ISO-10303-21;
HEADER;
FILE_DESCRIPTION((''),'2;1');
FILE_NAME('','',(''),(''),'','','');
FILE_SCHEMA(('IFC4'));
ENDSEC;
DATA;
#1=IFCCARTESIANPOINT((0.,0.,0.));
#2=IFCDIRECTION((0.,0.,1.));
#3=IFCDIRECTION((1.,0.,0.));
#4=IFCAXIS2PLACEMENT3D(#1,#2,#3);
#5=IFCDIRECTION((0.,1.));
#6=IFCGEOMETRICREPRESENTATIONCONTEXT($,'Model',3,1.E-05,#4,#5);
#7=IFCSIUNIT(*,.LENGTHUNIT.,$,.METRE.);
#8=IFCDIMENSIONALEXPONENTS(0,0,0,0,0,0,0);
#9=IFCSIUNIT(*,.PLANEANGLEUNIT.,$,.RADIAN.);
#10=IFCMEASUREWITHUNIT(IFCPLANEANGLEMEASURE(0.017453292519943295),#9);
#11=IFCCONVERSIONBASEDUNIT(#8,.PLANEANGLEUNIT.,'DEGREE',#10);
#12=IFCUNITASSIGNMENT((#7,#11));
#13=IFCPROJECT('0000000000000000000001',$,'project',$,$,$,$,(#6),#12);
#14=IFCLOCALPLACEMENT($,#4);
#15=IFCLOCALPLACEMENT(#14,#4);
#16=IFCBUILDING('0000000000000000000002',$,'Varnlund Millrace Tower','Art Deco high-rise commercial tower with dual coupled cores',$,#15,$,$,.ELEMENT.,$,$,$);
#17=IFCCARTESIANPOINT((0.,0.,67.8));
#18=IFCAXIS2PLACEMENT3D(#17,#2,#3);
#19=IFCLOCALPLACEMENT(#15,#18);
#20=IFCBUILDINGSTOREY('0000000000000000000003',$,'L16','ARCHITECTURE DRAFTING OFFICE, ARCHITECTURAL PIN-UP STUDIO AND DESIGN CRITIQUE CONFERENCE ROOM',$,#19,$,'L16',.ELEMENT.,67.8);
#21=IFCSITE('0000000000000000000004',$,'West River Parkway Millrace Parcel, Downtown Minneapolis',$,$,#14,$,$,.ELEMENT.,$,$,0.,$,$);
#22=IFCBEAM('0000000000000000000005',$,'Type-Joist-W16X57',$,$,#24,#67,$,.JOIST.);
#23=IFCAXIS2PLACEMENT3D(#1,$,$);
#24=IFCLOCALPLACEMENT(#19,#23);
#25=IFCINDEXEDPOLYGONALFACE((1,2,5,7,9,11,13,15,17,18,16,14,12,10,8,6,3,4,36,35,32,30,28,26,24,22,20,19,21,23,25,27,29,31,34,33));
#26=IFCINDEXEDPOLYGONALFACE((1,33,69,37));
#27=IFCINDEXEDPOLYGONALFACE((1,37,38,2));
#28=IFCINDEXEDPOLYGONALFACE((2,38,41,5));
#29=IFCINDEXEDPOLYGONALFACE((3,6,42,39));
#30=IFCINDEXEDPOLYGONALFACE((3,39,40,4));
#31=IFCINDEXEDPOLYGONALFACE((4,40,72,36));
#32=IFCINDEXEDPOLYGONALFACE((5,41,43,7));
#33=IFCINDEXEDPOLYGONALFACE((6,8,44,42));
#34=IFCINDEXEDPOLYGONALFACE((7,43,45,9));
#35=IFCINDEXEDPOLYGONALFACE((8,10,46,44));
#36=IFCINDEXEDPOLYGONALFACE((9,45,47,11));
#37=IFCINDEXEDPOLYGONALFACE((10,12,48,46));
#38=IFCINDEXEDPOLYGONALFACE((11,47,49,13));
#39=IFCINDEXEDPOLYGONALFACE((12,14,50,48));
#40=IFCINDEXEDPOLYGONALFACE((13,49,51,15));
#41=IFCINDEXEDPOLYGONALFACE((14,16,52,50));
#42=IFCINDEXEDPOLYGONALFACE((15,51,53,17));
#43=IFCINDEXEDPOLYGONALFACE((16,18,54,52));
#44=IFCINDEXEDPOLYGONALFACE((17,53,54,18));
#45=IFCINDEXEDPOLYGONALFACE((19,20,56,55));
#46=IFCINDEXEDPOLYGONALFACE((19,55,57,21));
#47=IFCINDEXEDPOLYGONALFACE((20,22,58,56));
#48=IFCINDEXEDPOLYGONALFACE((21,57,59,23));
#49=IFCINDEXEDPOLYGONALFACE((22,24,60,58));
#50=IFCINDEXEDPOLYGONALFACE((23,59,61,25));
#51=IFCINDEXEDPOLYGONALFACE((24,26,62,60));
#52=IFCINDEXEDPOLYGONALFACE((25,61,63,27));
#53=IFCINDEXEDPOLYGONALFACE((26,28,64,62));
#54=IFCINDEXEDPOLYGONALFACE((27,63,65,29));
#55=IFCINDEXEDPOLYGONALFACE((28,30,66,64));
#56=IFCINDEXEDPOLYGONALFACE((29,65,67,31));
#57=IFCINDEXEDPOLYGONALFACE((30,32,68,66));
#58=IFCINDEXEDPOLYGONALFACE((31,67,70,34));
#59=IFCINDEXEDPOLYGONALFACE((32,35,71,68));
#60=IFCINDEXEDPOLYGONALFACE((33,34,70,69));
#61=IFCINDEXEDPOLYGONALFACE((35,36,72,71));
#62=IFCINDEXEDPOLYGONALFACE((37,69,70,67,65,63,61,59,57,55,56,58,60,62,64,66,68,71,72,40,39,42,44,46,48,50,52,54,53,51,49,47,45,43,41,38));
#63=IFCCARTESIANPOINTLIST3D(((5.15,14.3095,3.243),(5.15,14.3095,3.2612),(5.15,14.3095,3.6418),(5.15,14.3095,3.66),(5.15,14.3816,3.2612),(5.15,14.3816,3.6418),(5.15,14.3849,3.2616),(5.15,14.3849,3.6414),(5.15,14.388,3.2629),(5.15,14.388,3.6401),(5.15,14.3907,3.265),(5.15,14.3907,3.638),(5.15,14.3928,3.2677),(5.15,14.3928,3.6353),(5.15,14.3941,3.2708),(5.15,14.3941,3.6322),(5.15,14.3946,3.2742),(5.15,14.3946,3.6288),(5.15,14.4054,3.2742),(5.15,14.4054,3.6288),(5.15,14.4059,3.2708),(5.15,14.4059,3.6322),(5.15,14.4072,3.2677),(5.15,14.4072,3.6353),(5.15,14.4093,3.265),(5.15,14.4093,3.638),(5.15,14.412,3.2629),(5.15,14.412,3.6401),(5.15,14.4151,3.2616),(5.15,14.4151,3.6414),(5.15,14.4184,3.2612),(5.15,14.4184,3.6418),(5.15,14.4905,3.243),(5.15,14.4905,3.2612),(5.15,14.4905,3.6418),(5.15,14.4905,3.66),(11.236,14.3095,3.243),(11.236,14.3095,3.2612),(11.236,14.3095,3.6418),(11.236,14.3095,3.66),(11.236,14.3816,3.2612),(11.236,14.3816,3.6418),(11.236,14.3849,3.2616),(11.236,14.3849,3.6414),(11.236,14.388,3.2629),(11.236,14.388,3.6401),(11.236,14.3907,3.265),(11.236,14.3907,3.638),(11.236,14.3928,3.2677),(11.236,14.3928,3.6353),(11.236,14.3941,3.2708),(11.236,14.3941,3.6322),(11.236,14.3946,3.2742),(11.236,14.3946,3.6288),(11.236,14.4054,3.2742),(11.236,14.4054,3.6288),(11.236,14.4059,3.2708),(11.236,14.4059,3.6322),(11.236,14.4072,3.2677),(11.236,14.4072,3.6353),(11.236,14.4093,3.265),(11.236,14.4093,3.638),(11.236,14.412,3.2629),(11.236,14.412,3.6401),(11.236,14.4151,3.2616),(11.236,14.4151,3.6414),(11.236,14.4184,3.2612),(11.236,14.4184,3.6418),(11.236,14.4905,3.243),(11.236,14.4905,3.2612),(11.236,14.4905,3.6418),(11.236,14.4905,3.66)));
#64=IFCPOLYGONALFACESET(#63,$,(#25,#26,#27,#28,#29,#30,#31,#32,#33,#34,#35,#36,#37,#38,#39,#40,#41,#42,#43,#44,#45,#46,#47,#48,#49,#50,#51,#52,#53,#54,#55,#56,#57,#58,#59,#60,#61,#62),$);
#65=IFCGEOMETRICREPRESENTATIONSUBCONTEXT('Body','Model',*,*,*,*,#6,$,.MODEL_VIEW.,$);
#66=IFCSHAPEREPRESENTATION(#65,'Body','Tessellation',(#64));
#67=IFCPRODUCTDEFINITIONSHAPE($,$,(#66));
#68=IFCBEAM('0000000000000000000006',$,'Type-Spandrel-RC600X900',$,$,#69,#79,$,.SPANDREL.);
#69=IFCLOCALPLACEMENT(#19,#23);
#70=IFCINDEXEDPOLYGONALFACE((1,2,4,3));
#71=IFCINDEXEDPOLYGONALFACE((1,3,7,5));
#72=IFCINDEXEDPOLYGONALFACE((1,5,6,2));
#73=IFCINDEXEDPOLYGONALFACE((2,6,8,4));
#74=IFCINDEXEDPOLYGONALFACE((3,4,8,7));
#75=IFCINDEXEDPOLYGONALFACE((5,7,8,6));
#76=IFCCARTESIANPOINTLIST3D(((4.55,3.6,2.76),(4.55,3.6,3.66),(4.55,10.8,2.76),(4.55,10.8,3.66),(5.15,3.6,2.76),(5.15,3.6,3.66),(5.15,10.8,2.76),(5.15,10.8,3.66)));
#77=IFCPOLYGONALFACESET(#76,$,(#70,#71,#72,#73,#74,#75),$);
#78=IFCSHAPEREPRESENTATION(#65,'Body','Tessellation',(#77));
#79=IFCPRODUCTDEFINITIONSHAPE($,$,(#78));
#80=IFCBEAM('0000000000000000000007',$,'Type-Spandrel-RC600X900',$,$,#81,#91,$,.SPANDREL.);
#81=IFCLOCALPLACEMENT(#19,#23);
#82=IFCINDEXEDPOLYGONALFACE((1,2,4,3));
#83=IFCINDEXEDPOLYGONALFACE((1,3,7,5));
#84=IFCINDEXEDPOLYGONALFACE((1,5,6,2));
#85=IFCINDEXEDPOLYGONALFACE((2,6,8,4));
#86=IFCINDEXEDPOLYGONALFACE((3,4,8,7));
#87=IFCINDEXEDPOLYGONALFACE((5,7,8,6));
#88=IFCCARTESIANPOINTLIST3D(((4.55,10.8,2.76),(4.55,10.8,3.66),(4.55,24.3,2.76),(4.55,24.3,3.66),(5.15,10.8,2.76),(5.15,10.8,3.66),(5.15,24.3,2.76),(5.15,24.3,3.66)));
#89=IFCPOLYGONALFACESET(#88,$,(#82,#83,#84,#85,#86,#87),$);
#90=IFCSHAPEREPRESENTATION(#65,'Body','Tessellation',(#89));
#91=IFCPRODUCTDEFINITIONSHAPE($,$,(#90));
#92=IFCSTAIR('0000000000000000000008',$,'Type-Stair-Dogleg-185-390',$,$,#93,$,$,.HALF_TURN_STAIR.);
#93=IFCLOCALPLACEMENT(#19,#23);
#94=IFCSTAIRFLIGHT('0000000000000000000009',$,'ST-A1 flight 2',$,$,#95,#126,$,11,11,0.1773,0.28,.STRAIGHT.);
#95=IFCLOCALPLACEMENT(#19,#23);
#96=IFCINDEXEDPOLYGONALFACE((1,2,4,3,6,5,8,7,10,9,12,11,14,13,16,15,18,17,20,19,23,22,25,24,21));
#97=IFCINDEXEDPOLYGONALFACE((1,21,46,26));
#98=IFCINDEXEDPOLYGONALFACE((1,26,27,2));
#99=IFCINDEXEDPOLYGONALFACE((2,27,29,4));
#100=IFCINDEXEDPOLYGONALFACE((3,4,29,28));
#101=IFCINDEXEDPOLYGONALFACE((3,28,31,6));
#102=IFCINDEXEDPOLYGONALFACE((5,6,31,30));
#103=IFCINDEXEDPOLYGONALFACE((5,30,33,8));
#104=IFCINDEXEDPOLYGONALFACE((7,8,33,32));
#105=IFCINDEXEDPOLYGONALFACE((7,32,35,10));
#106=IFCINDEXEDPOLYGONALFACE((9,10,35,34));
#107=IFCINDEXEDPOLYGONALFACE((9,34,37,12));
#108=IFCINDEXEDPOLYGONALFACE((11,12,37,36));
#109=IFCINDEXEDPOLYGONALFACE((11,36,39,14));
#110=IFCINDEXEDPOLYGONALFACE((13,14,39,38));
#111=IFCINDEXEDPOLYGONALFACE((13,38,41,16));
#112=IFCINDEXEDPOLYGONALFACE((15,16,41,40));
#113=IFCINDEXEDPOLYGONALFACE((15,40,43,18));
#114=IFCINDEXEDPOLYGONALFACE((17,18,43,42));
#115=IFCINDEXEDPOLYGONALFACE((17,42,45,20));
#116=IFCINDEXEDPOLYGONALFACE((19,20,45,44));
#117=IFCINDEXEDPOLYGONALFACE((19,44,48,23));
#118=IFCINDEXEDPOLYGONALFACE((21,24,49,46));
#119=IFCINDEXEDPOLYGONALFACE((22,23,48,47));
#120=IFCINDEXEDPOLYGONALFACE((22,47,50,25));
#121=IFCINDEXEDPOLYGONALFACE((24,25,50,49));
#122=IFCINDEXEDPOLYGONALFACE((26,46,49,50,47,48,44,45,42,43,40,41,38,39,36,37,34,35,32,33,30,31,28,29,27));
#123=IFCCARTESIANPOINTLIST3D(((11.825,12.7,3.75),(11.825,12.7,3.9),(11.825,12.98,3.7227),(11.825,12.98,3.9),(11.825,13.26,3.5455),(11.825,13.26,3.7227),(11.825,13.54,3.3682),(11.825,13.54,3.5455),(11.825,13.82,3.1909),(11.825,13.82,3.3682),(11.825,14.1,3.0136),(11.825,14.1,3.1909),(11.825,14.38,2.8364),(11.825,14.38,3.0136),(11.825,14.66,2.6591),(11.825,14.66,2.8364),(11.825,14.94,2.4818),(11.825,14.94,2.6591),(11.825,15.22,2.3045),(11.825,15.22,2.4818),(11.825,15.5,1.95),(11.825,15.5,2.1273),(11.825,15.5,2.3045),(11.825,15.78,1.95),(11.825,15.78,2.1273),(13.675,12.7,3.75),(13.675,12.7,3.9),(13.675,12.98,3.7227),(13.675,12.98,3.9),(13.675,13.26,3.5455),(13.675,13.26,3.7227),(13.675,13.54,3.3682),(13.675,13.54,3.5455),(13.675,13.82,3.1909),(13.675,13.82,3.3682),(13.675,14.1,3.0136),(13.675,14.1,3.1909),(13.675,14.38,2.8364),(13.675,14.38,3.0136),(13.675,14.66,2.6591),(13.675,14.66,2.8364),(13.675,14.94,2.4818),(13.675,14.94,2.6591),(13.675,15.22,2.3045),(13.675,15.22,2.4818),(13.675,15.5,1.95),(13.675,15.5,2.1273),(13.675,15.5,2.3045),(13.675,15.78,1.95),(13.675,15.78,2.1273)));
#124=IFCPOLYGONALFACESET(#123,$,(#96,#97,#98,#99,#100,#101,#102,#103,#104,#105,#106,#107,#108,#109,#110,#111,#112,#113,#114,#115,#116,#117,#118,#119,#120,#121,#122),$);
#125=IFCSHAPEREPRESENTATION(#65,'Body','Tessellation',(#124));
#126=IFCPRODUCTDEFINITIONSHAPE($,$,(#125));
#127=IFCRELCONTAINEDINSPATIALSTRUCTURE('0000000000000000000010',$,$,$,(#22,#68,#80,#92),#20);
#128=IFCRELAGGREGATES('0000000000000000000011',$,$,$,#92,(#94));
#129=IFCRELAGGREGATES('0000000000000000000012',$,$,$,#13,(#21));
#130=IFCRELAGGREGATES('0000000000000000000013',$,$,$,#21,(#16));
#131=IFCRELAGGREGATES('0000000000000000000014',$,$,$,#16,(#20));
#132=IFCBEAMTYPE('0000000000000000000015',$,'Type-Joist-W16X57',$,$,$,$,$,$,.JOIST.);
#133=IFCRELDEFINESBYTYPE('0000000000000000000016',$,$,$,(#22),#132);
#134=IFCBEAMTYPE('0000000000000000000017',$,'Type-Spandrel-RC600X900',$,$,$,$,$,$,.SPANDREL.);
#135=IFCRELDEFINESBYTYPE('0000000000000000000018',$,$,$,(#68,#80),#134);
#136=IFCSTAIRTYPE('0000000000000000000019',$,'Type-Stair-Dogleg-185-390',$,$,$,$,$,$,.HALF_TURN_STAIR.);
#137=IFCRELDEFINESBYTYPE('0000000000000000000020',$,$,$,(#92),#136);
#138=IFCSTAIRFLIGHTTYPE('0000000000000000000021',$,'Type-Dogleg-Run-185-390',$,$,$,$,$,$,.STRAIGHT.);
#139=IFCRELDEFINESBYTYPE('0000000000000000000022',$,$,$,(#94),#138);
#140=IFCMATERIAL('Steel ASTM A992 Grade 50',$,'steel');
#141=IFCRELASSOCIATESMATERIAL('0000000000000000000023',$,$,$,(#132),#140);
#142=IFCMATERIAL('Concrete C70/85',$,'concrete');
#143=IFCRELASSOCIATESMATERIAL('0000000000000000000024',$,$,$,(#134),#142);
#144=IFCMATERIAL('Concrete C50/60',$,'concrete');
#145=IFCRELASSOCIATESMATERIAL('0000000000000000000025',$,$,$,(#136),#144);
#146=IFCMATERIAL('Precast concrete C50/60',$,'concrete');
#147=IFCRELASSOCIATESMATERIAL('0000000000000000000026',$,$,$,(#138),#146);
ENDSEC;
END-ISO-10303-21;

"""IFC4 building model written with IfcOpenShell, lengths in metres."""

from ifc_helpers import new_model, entity, si_unit, converted_unit, direction, frame, origin_with_axes, origin_2d_with_axis, place, context, subcontext, project, spatial, polyline, rectangle, i_section, outline, extrude, material, material_profile, profile_set, type_object, element, aggregate, save


model = new_model("IFC4")

# Units and contexts
model_context = context("Model", 3, precision=1e-05, world=origin_with_axes(), true_north=direction((0.0, 1.0)))
body_context = subcontext(model_context, "Body", "Model", "MODEL_VIEW")
ifc_project = project(units=[si_unit("LENGTHUNIT", "METRE"), converted_unit("PLANEANGLEUNIT", "DEGREE", entity("IfcPlaneAngleMeasure", 0.017453292519943295), si_unit("PLANEANGLEUNIT", "RADIAN"), dimensions=[0, 0, 0, 0, 0, 0, 0])], contexts=[model_context])

# Site, building, storey
site_placement = place(None, origin_with_axes())
site = spatial("IfcSite", under=ifc_project, at=site_placement, Name="West River Parkway Millrace Parcel, Downtown Minneapolis", CompositionType="ELEMENT", RefElevation=0.0)
building_placement = place(site_placement, origin_with_axes())
building = spatial("IfcBuilding", under=site, at=building_placement, Name="Varnlund Millrace Tower", Description="Art Deco high-rise commercial tower with dual coupled cores", CompositionType="ELEMENT")
storey_placement = place(building_placement, frame((0.0, 0.0, 67.8), z_axis=(0.0, 0.0, 1.0), x_axis=(1.0, 0.0, 0.0)))
storey = spatial("IfcBuildingStorey", under=building, at=storey_placement, Name="L16", Description="ARCHITECTURE DRAFTING OFFICE, ARCHITECTURAL PIN-UP STUDIO AND DESIGN CRITIQUE CONFERENCE ROOM", LongName="L16", CompositionType="ELEMENT", Elevation=67.8)

# Beams
ifc_material_1 = material(Name="Steel ASTM A992 Grade 50", Category="steel")
ifc_material_profile_1 = material_profile(ifc_material_1, i_section(OverallWidth=0.181, OverallDepth=0.417, WebThickness=0.0109, FlangeThickness=0.0182, FilletRadius=0.013, at=origin_2d_with_axis()), Name="Steel ASTM A992 Grade 50")
ifc_profile_set_1 = profile_set([ifc_material_profile_1], Name="Steel ASTM A992 Grade 50")
beam_type_1 = type_object("IfcBeamType", Name="Type-Joist-W16X57", PredefinedType="JOIST", material=ifc_profile_set_1)
for number, where, z_axis, x_axis, name in (
    (1, (5.15, 14.4, 3.4515), (1.0, 0.0, 0.0), (0.0, 1.0, 0.0), "Type-Joist-W16X57"),
):
    element("IfcBeam", number, at=place(storey_placement, frame(where, z_axis=z_axis, x_axis=x_axis)), inside=storey, type_object=beam_type_1, Name=name, PredefinedType="JOIST", context=body_context, shape_type="SweptSolid", body=[
        extrude(i_section(OverallWidth=0.181, OverallDepth=0.417, WebThickness=0.0109, FlangeThickness=0.0182, FilletRadius=0.013, at=origin_2d_with_axis()), origin_with_axes(), (0.0, 0.0, 1.0), 6.086),
    ])
ifc_material_2 = material(Name="Concrete C70/85", Category="concrete")
ifc_material_profile_2 = material_profile(ifc_material_2, rectangle(XDim=0.6, YDim=0.9, at=origin_2d_with_axis()), Name="Concrete C70/85")
ifc_profile_set_2 = profile_set([ifc_material_profile_2], Name="Concrete C70/85")
beam_type_2 = type_object("IfcBeamType", Name="Type-Spandrel-RC600X900", PredefinedType="SPANDREL", material=ifc_profile_set_2)
beam_1_placement = place(storey_placement, frame((4.85, 3.6, 3.21), z_axis=(0.0, 1.0, 0.0), x_axis=(-1.0, 0.0, 0.0)))
element("IfcBeam", 2, at=beam_1_placement, inside=storey, type_object=beam_type_2, Name="Type-Spandrel-RC600X900", PredefinedType="SPANDREL", context=body_context, shape_type="SweptSolid", body=[
    extrude(rectangle(XDim=0.6, YDim=0.9, at=origin_2d_with_axis()), origin_with_axes(), (0.0, 0.0, 1.0), 7.2),
])
beam_2_placement = place(storey_placement, frame((4.85, 10.8, 3.21), z_axis=(0.0, 1.0, 0.0), x_axis=(-1.0, 0.0, 0.0)))
element("IfcBeam", 3, at=beam_2_placement, inside=storey, type_object=beam_type_2, Name="Type-Spandrel-RC600X900", PredefinedType="SPANDREL", context=body_context, shape_type="SweptSolid", body=[
    extrude(rectangle(XDim=0.6, YDim=0.9, at=origin_2d_with_axis()), origin_with_axes(), (0.0, 0.0, 1.0), 13.5),
])

# Stair, stair flight
ifc_material_3 = material(Name="Concrete C50/60", Category="concrete")
stair_type = type_object("IfcStairType", Name="Type-Stair-Dogleg-185-390", PredefinedType="HALF_TURN_STAIR", material=ifc_material_3)
stair_placement = place(storey_placement, origin_with_axes())
stair = element("IfcStair", 4, at=stair_placement, inside=storey, type_object=stair_type, Name="Type-Stair-Dogleg-185-390", PredefinedType="HALF_TURN_STAIR")
ifc_material_4 = material(Name="Precast concrete C50/60", Category="concrete")
stair_flight_type = type_object("IfcStairFlightType", Name="Type-Dogleg-Run-185-390", PredefinedType="STRAIGHT", material=ifc_material_4)
stair_flight_placement = place(storey_placement, frame((13.675, 15.78, 1.95), z_axis=(-1.0, 0.0, 0.0), x_axis=(0.0, -1.0, 0.0)))
stair_flight = element("IfcStairFlight", 5, at=stair_flight_placement, type_object=stair_flight_type, Name="ST-A1 flight 2", NumberOfRisers=11, NumberOfTreads=11, PredefinedType="STRAIGHT", RiserHeight=0.1773, TreadLength=0.28, context=body_context, shape_type="SweptSolid", body=[
    extrude(outline(polyline([(0.0, 0.0), (0.0, 0.1773), (0.28, 0.1773), (0.28, 0.3545), (0.56, 0.3545), (0.56, 0.5318), (0.84, 0.5318), (0.84, 0.7091), (1.12, 0.7091), (1.12, 0.8864), (1.4, 0.8864), (1.4, 1.0636), (1.68, 1.0636), (1.68, 1.2409), (1.96, 1.2409), (1.96, 1.4182), (2.24, 1.4182), (2.24, 1.5955), (2.52, 1.5955), (2.52, 1.7727), (2.8, 1.7727), (2.8, 1.95), (3.08, 1.95), (3.08, 1.8), (0.28, 0.0), (0.0, 0.0)])), origin_with_axes(), (0.0, 0.0, 1.0), 1.85),
])
aggregate(stair, [stair_flight])

save(model, "model.ifc")
